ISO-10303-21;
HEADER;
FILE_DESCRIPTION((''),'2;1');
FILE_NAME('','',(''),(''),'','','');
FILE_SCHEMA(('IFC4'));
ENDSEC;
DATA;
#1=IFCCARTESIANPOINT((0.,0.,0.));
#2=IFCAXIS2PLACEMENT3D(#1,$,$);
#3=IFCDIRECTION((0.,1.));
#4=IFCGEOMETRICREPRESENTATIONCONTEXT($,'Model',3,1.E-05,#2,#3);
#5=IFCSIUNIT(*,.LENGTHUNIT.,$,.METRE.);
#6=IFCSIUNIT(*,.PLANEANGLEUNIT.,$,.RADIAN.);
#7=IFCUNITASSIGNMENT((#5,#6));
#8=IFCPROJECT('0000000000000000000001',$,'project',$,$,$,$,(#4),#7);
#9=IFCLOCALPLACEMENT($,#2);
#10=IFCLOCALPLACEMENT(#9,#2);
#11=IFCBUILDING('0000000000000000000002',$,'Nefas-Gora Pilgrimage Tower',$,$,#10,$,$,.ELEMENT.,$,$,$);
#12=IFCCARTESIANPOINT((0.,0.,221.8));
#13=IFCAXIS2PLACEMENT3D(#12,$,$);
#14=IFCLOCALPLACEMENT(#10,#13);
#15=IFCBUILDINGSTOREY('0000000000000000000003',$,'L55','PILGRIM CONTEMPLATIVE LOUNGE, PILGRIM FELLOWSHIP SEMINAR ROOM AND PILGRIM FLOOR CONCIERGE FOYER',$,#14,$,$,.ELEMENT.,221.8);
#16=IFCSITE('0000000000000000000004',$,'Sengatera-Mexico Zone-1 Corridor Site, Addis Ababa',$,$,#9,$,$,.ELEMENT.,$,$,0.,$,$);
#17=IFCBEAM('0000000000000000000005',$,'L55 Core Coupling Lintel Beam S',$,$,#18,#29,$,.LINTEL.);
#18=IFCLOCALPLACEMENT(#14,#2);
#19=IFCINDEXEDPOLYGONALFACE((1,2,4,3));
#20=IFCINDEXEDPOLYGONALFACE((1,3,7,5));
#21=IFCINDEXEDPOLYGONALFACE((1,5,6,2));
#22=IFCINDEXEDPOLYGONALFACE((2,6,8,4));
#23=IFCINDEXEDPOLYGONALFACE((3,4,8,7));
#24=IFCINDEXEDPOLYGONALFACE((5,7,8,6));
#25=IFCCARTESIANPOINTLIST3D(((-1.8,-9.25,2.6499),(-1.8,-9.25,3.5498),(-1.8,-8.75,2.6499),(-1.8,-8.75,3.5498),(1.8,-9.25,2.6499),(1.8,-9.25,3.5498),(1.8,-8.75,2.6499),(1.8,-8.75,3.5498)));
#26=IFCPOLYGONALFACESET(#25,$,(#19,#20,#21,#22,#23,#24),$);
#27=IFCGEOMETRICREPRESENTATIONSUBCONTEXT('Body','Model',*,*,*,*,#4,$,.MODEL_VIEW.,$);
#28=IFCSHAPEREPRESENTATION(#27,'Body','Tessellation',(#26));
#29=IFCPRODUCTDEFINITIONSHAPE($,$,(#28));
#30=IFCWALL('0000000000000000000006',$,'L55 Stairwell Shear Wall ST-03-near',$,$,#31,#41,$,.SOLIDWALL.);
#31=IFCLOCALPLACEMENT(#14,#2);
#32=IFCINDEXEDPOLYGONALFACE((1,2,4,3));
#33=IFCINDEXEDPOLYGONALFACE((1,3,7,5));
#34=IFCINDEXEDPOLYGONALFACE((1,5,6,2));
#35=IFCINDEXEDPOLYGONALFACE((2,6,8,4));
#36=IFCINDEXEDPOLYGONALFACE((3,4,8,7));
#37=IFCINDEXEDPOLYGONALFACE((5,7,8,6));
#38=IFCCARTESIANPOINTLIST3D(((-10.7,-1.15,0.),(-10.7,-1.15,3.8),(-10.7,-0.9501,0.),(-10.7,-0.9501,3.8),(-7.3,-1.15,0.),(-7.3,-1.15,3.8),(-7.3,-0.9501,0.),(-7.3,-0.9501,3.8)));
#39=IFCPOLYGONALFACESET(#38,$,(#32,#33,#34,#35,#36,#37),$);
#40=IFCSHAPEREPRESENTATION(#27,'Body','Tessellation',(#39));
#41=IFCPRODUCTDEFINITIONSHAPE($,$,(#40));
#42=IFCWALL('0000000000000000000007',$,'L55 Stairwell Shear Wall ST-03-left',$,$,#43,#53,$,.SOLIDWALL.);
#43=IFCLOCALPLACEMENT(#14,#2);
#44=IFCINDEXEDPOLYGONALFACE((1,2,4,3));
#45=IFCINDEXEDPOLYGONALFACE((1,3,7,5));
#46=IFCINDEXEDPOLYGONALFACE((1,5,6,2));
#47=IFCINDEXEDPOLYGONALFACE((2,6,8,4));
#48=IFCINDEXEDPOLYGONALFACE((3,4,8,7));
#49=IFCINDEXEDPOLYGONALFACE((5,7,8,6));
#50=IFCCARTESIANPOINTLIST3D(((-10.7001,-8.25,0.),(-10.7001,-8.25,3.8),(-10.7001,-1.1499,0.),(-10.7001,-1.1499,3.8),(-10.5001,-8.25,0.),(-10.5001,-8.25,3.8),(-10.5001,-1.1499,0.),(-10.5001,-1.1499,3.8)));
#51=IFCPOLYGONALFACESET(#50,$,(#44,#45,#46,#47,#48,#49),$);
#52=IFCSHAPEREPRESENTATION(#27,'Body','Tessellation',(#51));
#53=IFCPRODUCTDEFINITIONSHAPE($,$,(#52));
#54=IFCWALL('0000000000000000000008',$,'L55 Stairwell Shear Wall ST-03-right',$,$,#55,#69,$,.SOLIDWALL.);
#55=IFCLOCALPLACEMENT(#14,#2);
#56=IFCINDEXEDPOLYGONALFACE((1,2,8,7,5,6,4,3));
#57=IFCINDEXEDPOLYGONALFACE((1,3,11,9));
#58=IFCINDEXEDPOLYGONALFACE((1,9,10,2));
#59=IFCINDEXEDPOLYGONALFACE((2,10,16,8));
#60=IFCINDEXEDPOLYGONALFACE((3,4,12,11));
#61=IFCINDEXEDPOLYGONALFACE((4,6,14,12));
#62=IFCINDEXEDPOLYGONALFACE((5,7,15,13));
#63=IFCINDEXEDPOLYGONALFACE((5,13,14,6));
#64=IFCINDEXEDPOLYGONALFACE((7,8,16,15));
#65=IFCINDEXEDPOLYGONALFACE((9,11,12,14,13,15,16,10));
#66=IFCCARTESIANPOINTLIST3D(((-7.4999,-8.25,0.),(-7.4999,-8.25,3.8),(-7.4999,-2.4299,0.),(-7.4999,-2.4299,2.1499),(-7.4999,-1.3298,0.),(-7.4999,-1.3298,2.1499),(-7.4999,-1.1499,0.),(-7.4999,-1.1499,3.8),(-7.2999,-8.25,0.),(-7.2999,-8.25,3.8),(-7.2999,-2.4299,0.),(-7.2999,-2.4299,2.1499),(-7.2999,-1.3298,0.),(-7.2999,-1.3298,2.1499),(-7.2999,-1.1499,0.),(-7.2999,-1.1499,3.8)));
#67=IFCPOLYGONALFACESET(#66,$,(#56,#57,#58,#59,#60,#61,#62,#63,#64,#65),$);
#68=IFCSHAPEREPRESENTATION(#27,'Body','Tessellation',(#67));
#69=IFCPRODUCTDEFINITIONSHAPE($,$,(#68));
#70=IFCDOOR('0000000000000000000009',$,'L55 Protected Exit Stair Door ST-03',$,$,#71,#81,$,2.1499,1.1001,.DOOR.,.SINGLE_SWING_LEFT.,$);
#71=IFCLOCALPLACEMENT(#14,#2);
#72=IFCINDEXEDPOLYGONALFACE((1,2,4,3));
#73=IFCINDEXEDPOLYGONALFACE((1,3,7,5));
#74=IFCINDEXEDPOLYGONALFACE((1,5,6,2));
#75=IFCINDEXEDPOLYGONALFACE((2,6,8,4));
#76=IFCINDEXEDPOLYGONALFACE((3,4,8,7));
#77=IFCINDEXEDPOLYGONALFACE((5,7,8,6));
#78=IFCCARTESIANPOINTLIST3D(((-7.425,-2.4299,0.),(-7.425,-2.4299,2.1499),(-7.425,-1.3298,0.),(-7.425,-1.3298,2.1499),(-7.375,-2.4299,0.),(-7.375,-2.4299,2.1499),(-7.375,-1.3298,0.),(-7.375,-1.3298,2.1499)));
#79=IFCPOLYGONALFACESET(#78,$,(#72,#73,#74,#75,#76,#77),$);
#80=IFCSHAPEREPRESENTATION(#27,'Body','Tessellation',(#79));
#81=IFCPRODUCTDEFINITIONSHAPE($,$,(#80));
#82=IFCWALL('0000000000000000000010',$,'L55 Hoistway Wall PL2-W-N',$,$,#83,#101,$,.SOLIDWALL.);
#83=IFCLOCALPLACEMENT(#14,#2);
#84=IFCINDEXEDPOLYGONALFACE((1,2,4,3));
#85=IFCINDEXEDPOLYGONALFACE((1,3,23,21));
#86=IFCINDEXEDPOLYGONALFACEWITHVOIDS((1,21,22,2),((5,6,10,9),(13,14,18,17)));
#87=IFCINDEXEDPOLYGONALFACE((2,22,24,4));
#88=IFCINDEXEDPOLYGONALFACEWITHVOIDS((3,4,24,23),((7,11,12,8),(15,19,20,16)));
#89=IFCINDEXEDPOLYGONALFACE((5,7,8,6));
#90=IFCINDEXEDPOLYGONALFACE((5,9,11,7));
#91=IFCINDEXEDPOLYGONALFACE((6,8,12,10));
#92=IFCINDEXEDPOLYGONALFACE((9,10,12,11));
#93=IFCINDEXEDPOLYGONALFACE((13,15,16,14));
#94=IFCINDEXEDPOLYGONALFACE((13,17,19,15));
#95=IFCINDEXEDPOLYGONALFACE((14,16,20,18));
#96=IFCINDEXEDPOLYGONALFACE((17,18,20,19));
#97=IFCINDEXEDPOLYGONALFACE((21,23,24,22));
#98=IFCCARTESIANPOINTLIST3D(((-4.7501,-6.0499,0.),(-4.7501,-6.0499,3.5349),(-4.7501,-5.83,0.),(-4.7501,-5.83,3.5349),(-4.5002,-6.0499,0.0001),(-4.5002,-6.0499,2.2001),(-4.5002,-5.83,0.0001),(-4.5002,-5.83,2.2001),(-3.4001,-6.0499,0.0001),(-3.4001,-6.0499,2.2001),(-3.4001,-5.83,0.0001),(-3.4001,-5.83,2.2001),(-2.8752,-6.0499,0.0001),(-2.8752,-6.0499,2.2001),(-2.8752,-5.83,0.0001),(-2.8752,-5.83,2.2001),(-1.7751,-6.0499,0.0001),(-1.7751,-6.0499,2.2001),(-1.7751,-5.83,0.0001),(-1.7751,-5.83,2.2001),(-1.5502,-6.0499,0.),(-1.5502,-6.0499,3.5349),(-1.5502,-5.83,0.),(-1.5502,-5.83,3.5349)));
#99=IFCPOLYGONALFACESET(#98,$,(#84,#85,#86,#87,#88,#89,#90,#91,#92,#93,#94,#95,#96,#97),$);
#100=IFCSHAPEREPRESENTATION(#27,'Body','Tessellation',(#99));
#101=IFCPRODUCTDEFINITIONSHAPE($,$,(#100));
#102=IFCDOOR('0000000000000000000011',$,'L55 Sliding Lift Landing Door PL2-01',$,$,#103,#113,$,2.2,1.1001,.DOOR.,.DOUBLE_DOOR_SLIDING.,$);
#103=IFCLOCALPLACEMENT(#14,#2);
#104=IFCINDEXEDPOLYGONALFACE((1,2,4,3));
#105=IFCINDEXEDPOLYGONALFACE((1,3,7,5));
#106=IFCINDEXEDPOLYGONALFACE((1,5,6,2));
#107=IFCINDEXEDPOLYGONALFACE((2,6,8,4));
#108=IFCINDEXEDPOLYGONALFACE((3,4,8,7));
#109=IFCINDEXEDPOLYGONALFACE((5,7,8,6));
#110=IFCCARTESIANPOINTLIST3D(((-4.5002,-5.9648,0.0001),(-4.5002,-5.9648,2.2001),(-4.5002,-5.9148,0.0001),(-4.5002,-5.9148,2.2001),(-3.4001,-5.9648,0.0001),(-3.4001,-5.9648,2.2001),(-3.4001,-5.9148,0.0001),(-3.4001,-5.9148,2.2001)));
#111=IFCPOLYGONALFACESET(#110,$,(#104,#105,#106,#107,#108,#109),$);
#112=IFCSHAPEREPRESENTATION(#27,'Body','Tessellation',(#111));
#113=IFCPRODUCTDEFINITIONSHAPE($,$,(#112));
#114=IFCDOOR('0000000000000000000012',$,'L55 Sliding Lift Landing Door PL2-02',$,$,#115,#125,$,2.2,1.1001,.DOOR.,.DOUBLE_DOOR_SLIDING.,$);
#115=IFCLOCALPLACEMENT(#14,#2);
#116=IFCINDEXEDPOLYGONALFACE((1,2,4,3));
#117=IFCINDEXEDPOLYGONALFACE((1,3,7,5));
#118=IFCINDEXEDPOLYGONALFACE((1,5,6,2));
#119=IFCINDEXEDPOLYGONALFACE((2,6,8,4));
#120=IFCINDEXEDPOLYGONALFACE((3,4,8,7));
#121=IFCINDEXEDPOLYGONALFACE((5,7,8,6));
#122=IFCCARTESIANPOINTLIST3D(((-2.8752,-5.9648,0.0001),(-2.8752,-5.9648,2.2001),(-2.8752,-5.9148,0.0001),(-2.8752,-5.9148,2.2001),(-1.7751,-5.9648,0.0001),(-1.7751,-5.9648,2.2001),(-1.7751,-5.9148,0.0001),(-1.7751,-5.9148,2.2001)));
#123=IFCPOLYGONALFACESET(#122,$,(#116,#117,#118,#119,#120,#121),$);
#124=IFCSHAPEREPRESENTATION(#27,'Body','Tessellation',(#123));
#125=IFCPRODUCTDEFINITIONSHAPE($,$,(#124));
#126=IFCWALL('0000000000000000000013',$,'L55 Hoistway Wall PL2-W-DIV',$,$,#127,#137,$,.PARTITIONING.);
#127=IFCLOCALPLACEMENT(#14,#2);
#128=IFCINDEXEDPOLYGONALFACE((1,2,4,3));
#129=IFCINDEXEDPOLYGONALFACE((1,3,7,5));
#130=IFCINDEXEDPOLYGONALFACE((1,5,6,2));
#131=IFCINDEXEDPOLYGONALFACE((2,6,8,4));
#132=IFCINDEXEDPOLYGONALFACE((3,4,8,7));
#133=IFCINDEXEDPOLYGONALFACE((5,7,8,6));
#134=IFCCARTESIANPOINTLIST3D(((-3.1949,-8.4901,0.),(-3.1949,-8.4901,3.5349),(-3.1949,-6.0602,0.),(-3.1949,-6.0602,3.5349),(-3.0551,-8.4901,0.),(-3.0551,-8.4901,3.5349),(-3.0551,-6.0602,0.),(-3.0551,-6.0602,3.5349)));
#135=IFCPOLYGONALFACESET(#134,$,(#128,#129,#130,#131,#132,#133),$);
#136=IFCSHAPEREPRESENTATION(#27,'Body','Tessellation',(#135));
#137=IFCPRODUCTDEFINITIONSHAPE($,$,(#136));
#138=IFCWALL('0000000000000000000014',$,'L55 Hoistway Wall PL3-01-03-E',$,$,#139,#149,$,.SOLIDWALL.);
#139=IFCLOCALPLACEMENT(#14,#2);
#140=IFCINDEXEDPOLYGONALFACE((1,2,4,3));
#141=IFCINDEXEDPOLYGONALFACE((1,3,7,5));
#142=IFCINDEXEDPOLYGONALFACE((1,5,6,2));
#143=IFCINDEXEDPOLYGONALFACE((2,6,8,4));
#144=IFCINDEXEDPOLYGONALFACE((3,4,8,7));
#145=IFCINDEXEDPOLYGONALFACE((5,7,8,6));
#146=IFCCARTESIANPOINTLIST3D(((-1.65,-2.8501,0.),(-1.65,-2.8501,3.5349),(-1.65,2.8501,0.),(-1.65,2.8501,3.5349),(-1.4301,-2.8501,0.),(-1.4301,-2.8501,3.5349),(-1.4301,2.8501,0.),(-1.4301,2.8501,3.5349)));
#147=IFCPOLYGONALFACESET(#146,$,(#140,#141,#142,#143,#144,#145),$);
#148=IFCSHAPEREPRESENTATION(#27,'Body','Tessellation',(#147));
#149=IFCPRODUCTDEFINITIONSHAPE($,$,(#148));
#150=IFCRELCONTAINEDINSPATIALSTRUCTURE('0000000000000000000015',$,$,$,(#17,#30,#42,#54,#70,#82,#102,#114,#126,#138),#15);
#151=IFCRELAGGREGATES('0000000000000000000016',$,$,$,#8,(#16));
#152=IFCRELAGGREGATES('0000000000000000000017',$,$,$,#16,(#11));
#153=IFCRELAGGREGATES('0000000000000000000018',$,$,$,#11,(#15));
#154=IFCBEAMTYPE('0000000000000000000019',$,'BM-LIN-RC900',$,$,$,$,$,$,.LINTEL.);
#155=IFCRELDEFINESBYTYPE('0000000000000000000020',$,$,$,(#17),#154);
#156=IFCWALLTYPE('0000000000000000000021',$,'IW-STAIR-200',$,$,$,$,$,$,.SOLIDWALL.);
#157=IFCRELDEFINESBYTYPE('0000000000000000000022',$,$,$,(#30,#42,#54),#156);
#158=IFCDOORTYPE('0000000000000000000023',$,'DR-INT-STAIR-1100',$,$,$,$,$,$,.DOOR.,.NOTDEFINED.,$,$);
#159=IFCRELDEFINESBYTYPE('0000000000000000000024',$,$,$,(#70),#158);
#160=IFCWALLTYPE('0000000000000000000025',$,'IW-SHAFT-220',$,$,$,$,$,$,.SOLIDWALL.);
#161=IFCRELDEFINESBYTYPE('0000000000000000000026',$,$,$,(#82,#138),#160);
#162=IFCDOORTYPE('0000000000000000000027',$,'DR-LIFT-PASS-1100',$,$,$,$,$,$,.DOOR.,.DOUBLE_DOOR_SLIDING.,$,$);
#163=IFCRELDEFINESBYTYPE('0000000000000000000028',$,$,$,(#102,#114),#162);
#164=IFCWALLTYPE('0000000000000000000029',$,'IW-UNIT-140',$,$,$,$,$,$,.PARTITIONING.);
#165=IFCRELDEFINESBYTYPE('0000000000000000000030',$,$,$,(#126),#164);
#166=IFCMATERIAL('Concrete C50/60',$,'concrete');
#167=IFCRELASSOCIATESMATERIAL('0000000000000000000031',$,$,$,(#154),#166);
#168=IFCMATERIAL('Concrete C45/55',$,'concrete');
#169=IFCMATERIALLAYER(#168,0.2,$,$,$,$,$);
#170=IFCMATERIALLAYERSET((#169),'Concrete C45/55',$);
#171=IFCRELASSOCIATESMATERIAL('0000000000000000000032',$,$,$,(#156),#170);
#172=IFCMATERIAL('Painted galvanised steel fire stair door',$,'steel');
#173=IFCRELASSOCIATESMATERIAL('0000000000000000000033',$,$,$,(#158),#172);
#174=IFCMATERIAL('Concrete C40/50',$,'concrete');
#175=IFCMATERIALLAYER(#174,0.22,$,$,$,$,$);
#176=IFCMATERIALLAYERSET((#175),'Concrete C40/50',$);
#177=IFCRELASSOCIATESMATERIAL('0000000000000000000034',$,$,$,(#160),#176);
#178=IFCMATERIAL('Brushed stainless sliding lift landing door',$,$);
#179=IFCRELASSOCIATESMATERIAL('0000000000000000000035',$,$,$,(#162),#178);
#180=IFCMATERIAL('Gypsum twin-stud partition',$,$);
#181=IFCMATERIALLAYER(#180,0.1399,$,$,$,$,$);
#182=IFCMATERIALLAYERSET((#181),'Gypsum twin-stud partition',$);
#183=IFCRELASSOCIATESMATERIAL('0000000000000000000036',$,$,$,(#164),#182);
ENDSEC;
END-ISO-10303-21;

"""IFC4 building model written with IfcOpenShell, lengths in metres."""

from ifc_helpers import new_model, si_unit, direction, frame, frame_2d, origin, origin_2d, place, context, subcontext, project, spatial, rectangle, extrude, source, transform, mapped, material, layer, layer_set, material_profile, profile_set, type_object, element, fill, save


model = new_model("IFC4")

# Units and contexts
model_context = context("Model", 3, precision=1e-05, world=origin(), true_north=direction((0.0, 1.0)))
body_context = subcontext(model_context, "Body", "Model", "MODEL_VIEW")
ifc_project = project(units=[si_unit("LENGTHUNIT", "METRE"), si_unit("PLANEANGLEUNIT", "RADIAN")], contexts=[model_context])

# Site, building, storey
site_placement = place(None, origin())
site = spatial("IfcSite", under=ifc_project, at=site_placement, Name="Sengatera-Mexico Zone-1 Corridor Site, Addis Ababa", CompositionType="ELEMENT", RefElevation=0.0)
building_placement = place(site_placement, origin())
building = spatial("IfcBuilding", under=site, at=building_placement, Name="Nefas-Gora Pilgrimage Tower", CompositionType="ELEMENT")
storey_placement = place(building_placement, frame((0.0, 0.0, 221.8)))
storey = spatial("IfcBuildingStorey", under=building, at=storey_placement, Name="L55", Description="PILGRIM CONTEMPLATIVE LOUNGE, PILGRIM FELLOWSHIP SEMINAR ROOM AND PILGRIM FLOOR CONCIERGE FOYER", CompositionType="ELEMENT", Elevation=221.8)

# Beam
ifc_material_1 = material(Name="Concrete C50/60", Category="concrete")
ifc_material_profile = material_profile(ifc_material_1, rectangle(XDim=0.5, YDim=0.8999, at=origin_2d()), Name="RC 500x900")
ifc_profile_set = profile_set([ifc_material_profile], Name="Concrete C50/60")
beam_type = type_object("IfcBeamType", Name="BM-LIN-RC900", PredefinedType="LINTEL", material=ifc_profile_set)
shared_shape_1 = source(origin(), body_context, "Body", "SweptSolid", [
    extrude(rectangle(XDim=0.5, YDim=0.8999, at=origin_2d()), origin(), (0.0, 0.0, 1.0), 3.6001),
])
beam_placement = place(storey_placement, frame((-1.8, -9.0, 3.0999), z_axis=(1.0, 0.0, 0.0), x_axis=(0.0, 1.0, 0.0)))
element("IfcBeam", 1, at=beam_placement, inside=storey, type_object=beam_type, Name="L55 Core Coupling Lintel Beam S", PredefinedType="LINTEL", context=body_context, shape_type="MappedRepresentation", body=[
    mapped(shared_shape_1, transform((0.0, 0.0, 0.0), x_axis=(1.0, 0.0, 0.0), y_axis=(0.0, 1.0, 0.0), z_axis=(0.0, 0.0, 1.0), scale=1.0)),
])

# Walls
ifc_material_2 = material(Name="Concrete C45/55", Category="concrete")
ifc_layer_1 = layer(ifc_material_2, 0.2)
ifc_layer_set_1 = layer_set([ifc_layer_1], Name="Concrete C45/55")
wall_type_1 = type_object("IfcWallType", Name="IW-STAIR-200", PredefinedType="SOLIDWALL", material=ifc_layer_set_1)
shared_shape_2 = source(origin(), body_context, "Body", "SweptSolid", [
    extrude(rectangle(XDim=3.3999, YDim=0.2, at=frame_2d((1.7, 0.0))), origin(), (0.0, 0.0, 1.0), 3.8),
])
wall_1_placement = place(storey_placement, frame((-10.7, -1.05, 0.0), z_axis=(0.0, 0.0, 1.0), x_axis=(1.0, 0.0, 0.0)))
element("IfcWall", 2, at=wall_1_placement, inside=storey, type_object=wall_type_1, Name="L55 Stairwell Shear Wall ST-03-near", PredefinedType="SOLIDWALL", context=body_context, shape_type="MappedRepresentation", body=[
    mapped(shared_shape_2, transform((0.0, 0.0, 0.0), x_axis=(1.0, 0.0, 0.0), y_axis=(0.0, 1.0, 0.0), z_axis=(0.0, 0.0, 1.0), scale=1.0)),
])
shared_shape_3 = source(origin(), body_context, "Body", "SweptSolid", [
    extrude(rectangle(XDim=7.1001, YDim=0.2, at=frame_2d((3.55, 0.0))), origin(), (0.0, 0.0, 1.0), 3.8),
])
wall_2_placement = place(storey_placement, frame((-10.6001, -1.1499, 0.0), z_axis=(0.0, 0.0, 1.0), x_axis=(0.0, -1.0, 0.0)))
element("IfcWall", 3, at=wall_2_placement, inside=storey, type_object=wall_type_1, Name="L55 Stairwell Shear Wall ST-03-left", PredefinedType="SOLIDWALL", context=body_context, shape_type="MappedRepresentation", body=[
    mapped(shared_shape_3, transform((0.0, 0.0, 0.0), x_axis=(1.0, 0.0, 0.0), y_axis=(0.0, 1.0, 0.0), z_axis=(0.0, 0.0, 1.0), scale=1.0)),
])

# Wall, opening, door
wall_3_placement = place(storey_placement, frame((-7.3999, -1.1499, 0.0), z_axis=(0.0, 0.0, 1.0), x_axis=(0.0, -1.0, 0.0)))
wall_3 = element("IfcWall", 4, at=wall_3_placement, inside=storey, type_object=wall_type_1, Name="L55 Stairwell Shear Wall ST-03-right", PredefinedType="SOLIDWALL", context=body_context, shape_type="MappedRepresentation", body=[
    mapped(shared_shape_3, transform((0.0, 0.0, 0.0), x_axis=(1.0, 0.0, 0.0), y_axis=(0.0, 1.0, 0.0), z_axis=(0.0, 0.0, 1.0), scale=1.0)),
])
opening_1_placement = place(wall_3_placement, frame((0.1799, 0.0, 0.0)))
opening_1 = element("IfcOpeningElement", 5, at=opening_1_placement, cuts=wall_3, PredefinedType="OPENING", context=body_context, shape_type="SweptSolid", body=[
    extrude(rectangle(XDim=1.1001, YDim=2.1499, at=frame_2d((0.55, 1.075))), frame((0.0, 0.1099, 0.0), z_axis=(0.0, -1.0, 0.0), x_axis=(1.0, 0.0, 0.0)), (0.0, 0.0, 1.0), 0.22),
])
ifc_material_3 = material(Name="Painted galvanised steel fire stair door", Category="steel")
door_type_1 = type_object("IfcDoorType", Name="DR-INT-STAIR-1100", OperationType="NOTDEFINED", PredefinedType="DOOR", material=ifc_material_3)
shared_shape_4 = source(origin(), body_context, "Body", "SweptSolid", [
    extrude(rectangle(XDim=1.1001, YDim=2.1499, at=frame_2d((0.55, 1.075))), frame((0.0, 0.0249, 0.0), z_axis=(0.0, -1.0, 0.0), x_axis=(1.0, 0.0, 0.0)), (0.0, 0.0, 1.0), 0.05),
])
door_1_placement = place(opening_1_placement, origin())
door_1 = element("IfcDoor", 6, at=door_1_placement, inside=storey, type_object=door_type_1, Name="L55 Protected Exit Stair Door ST-03", OperationType="SINGLE_SWING_LEFT", OverallHeight=2.1499, OverallWidth=1.1001, PredefinedType="DOOR", context=body_context, shape_type="MappedRepresentation", body=[
    mapped(shared_shape_4, transform((0.0, 0.0, 0.0), x_axis=(1.0, 0.0, 0.0), y_axis=(0.0, 1.0, 0.0), z_axis=(0.0, 0.0, 1.0), scale=1.0)),
])
fill(opening_1, door_1)

# Wall, openings, doors
ifc_material_4 = material(Name="Concrete C40/50", Category="concrete")
ifc_layer_2 = layer(ifc_material_4, 0.22)
ifc_layer_set_2 = layer_set([ifc_layer_2], Name="Concrete C40/50")
wall_type_2 = type_object("IfcWallType", Name="IW-SHAFT-220", PredefinedType="SOLIDWALL", material=ifc_layer_set_2)
shared_shape_5 = source(origin(), body_context, "Body", "SweptSolid", [
    extrude(rectangle(XDim=3.2, YDim=0.22, at=frame_2d((1.6001, 0.0))), origin(), (0.0, 0.0, 1.0), 3.5349),
])
wall_4_placement = place(storey_placement, frame((-1.55, -5.9399, 0.0), z_axis=(0.0, 0.0, 1.0), x_axis=(-1.0, 0.0, 0.0)))
wall_4 = element("IfcWall", 7, at=wall_4_placement, inside=storey, type_object=wall_type_2, Name="L55 Hoistway Wall PL2-W-N", PredefinedType="SOLIDWALL", context=body_context, shape_type="MappedRepresentation", body=[
    mapped(shared_shape_5, transform((0.0, 0.0, 0.0), x_axis=(1.0, 0.0, 0.0), y_axis=(0.0, 1.0, 0.0), z_axis=(0.0, 0.0, 1.0), scale=1.0)),
])
opening_2_placement = place(wall_4_placement, frame((1.8501, 0.0, 0.0)))
opening_2 = element("IfcOpeningElement", 8, at=opening_2_placement, cuts=wall_4, PredefinedType="OPENING", context=body_context, shape_type="SweptSolid", body=[
    extrude(rectangle(XDim=1.1001, YDim=2.2, at=frame_2d((0.55, 1.1001))), frame((0.0, 0.1199, 0.0), z_axis=(0.0, -1.0, 0.0), x_axis=(1.0, 0.0, 0.0)), (0.0, 0.0, 1.0), 0.24),
])
opening_3_placement = place(wall_4_placement, frame((0.2251, 0.0, 0.0)))
opening_3 = element("IfcOpeningElement", 9, at=opening_3_placement, cuts=wall_4, PredefinedType="OPENING", context=body_context, shape_type="SweptSolid", body=[
    extrude(rectangle(XDim=1.1001, YDim=2.2, at=frame_2d((0.55, 1.1001))), frame((0.0, 0.1199, 0.0), z_axis=(0.0, -1.0, 0.0), x_axis=(1.0, 0.0, 0.0)), (0.0, 0.0, 1.0), 0.24),
])
ifc_material_5 = material(Name="Brushed stainless sliding lift landing door")
door_type_2 = type_object("IfcDoorType", Name="DR-LIFT-PASS-1100", OperationType="DOUBLE_DOOR_SLIDING", PredefinedType="DOOR", material=ifc_material_5)
shared_shape_6 = source(origin(), body_context, "Body", "SweptSolid", [
    extrude(rectangle(XDim=1.1001, YDim=2.2, at=frame_2d((0.55, 1.1001))), frame((0.0, 0.0249, 0.0), z_axis=(0.0, -1.0, 0.0), x_axis=(1.0, 0.0, 0.0)), (0.0, 0.0, 1.0), 0.05),
])
door_2_placement = place(opening_2_placement, origin())
door_2 = element("IfcDoor", 10, at=door_2_placement, inside=storey, type_object=door_type_2, Name="L55 Sliding Lift Landing Door PL2-01", OperationType="DOUBLE_DOOR_SLIDING", OverallHeight=2.2, OverallWidth=1.1001, PredefinedType="DOOR", context=body_context, shape_type="MappedRepresentation", body=[
    mapped(shared_shape_6, transform((0.0, 0.0, 0.0), x_axis=(1.0, 0.0, 0.0), y_axis=(0.0, 1.0, 0.0), z_axis=(0.0, 0.0, 1.0), scale=1.0)),
])
fill(opening_2, door_2)
door_3_placement = place(opening_3_placement, origin())
door_3 = element("IfcDoor", 11, at=door_3_placement, inside=storey, type_object=door_type_2, Name="L55 Sliding Lift Landing Door PL2-02", OperationType="DOUBLE_DOOR_SLIDING", OverallHeight=2.2, OverallWidth=1.1001, PredefinedType="DOOR", context=body_context, shape_type="MappedRepresentation", body=[
    mapped(shared_shape_6, transform((0.0, 0.0, 0.0), x_axis=(1.0, 0.0, 0.0), y_axis=(0.0, 1.0, 0.0), z_axis=(0.0, 0.0, 1.0), scale=1.0)),
])
fill(opening_3, door_3)

# Walls
ifc_material_6 = material(Name="Gypsum twin-stud partition")
ifc_layer_3 = layer(ifc_material_6, 0.1399)
ifc_layer_set_3 = layer_set([ifc_layer_3], Name="Gypsum twin-stud partition")
wall_type_3 = type_object("IfcWallType", Name="IW-UNIT-140", PredefinedType="PARTITIONING", material=ifc_layer_set_3)
shared_shape_7 = source(origin(), body_context, "Body", "SweptSolid", [
    extrude(rectangle(XDim=2.4299, YDim=0.1399, at=frame_2d((1.2148, 0.0))), origin(), (0.0, 0.0, 1.0), 3.5349),
])
wall_5_placement = place(storey_placement, frame((-3.125, -8.49, 0.0), z_axis=(0.0, 0.0, 1.0), x_axis=(0.0, 1.0, 0.0)))
element("IfcWall", 12, at=wall_5_placement, inside=storey, type_object=wall_type_3, Name="L55 Hoistway Wall PL2-W-DIV", PredefinedType="PARTITIONING", context=body_context, shape_type="MappedRepresentation", body=[
    mapped(shared_shape_7, transform((0.0, 0.0, 0.0), x_axis=(1.0, 0.0, 0.0), y_axis=(0.0, 1.0, 0.0), z_axis=(0.0, 0.0, 1.0), scale=1.0)),
])
shared_shape_8 = source(origin(), body_context, "Body", "SweptSolid", [
    extrude(rectangle(XDim=5.7002, YDim=0.22, at=frame_2d((2.8501, 0.0))), origin(), (0.0, 0.0, 1.0), 3.5349),
])
wall_6_placement = place(storey_placement, frame((-1.54, -2.8501, 0.0), z_axis=(0.0, 0.0, 1.0), x_axis=(0.0, 1.0, 0.0)))
element("IfcWall", 13, at=wall_6_placement, inside=storey, type_object=wall_type_2, Name="L55 Hoistway Wall PL3-01-03-E", PredefinedType="SOLIDWALL", context=body_context, shape_type="MappedRepresentation", body=[
    mapped(shared_shape_8, transform((0.0, 0.0, 0.0), x_axis=(1.0, 0.0, 0.0), y_axis=(0.0, 1.0, 0.0), z_axis=(0.0, 0.0, 1.0), scale=1.0)),
])

save(model, "model.ifc")
